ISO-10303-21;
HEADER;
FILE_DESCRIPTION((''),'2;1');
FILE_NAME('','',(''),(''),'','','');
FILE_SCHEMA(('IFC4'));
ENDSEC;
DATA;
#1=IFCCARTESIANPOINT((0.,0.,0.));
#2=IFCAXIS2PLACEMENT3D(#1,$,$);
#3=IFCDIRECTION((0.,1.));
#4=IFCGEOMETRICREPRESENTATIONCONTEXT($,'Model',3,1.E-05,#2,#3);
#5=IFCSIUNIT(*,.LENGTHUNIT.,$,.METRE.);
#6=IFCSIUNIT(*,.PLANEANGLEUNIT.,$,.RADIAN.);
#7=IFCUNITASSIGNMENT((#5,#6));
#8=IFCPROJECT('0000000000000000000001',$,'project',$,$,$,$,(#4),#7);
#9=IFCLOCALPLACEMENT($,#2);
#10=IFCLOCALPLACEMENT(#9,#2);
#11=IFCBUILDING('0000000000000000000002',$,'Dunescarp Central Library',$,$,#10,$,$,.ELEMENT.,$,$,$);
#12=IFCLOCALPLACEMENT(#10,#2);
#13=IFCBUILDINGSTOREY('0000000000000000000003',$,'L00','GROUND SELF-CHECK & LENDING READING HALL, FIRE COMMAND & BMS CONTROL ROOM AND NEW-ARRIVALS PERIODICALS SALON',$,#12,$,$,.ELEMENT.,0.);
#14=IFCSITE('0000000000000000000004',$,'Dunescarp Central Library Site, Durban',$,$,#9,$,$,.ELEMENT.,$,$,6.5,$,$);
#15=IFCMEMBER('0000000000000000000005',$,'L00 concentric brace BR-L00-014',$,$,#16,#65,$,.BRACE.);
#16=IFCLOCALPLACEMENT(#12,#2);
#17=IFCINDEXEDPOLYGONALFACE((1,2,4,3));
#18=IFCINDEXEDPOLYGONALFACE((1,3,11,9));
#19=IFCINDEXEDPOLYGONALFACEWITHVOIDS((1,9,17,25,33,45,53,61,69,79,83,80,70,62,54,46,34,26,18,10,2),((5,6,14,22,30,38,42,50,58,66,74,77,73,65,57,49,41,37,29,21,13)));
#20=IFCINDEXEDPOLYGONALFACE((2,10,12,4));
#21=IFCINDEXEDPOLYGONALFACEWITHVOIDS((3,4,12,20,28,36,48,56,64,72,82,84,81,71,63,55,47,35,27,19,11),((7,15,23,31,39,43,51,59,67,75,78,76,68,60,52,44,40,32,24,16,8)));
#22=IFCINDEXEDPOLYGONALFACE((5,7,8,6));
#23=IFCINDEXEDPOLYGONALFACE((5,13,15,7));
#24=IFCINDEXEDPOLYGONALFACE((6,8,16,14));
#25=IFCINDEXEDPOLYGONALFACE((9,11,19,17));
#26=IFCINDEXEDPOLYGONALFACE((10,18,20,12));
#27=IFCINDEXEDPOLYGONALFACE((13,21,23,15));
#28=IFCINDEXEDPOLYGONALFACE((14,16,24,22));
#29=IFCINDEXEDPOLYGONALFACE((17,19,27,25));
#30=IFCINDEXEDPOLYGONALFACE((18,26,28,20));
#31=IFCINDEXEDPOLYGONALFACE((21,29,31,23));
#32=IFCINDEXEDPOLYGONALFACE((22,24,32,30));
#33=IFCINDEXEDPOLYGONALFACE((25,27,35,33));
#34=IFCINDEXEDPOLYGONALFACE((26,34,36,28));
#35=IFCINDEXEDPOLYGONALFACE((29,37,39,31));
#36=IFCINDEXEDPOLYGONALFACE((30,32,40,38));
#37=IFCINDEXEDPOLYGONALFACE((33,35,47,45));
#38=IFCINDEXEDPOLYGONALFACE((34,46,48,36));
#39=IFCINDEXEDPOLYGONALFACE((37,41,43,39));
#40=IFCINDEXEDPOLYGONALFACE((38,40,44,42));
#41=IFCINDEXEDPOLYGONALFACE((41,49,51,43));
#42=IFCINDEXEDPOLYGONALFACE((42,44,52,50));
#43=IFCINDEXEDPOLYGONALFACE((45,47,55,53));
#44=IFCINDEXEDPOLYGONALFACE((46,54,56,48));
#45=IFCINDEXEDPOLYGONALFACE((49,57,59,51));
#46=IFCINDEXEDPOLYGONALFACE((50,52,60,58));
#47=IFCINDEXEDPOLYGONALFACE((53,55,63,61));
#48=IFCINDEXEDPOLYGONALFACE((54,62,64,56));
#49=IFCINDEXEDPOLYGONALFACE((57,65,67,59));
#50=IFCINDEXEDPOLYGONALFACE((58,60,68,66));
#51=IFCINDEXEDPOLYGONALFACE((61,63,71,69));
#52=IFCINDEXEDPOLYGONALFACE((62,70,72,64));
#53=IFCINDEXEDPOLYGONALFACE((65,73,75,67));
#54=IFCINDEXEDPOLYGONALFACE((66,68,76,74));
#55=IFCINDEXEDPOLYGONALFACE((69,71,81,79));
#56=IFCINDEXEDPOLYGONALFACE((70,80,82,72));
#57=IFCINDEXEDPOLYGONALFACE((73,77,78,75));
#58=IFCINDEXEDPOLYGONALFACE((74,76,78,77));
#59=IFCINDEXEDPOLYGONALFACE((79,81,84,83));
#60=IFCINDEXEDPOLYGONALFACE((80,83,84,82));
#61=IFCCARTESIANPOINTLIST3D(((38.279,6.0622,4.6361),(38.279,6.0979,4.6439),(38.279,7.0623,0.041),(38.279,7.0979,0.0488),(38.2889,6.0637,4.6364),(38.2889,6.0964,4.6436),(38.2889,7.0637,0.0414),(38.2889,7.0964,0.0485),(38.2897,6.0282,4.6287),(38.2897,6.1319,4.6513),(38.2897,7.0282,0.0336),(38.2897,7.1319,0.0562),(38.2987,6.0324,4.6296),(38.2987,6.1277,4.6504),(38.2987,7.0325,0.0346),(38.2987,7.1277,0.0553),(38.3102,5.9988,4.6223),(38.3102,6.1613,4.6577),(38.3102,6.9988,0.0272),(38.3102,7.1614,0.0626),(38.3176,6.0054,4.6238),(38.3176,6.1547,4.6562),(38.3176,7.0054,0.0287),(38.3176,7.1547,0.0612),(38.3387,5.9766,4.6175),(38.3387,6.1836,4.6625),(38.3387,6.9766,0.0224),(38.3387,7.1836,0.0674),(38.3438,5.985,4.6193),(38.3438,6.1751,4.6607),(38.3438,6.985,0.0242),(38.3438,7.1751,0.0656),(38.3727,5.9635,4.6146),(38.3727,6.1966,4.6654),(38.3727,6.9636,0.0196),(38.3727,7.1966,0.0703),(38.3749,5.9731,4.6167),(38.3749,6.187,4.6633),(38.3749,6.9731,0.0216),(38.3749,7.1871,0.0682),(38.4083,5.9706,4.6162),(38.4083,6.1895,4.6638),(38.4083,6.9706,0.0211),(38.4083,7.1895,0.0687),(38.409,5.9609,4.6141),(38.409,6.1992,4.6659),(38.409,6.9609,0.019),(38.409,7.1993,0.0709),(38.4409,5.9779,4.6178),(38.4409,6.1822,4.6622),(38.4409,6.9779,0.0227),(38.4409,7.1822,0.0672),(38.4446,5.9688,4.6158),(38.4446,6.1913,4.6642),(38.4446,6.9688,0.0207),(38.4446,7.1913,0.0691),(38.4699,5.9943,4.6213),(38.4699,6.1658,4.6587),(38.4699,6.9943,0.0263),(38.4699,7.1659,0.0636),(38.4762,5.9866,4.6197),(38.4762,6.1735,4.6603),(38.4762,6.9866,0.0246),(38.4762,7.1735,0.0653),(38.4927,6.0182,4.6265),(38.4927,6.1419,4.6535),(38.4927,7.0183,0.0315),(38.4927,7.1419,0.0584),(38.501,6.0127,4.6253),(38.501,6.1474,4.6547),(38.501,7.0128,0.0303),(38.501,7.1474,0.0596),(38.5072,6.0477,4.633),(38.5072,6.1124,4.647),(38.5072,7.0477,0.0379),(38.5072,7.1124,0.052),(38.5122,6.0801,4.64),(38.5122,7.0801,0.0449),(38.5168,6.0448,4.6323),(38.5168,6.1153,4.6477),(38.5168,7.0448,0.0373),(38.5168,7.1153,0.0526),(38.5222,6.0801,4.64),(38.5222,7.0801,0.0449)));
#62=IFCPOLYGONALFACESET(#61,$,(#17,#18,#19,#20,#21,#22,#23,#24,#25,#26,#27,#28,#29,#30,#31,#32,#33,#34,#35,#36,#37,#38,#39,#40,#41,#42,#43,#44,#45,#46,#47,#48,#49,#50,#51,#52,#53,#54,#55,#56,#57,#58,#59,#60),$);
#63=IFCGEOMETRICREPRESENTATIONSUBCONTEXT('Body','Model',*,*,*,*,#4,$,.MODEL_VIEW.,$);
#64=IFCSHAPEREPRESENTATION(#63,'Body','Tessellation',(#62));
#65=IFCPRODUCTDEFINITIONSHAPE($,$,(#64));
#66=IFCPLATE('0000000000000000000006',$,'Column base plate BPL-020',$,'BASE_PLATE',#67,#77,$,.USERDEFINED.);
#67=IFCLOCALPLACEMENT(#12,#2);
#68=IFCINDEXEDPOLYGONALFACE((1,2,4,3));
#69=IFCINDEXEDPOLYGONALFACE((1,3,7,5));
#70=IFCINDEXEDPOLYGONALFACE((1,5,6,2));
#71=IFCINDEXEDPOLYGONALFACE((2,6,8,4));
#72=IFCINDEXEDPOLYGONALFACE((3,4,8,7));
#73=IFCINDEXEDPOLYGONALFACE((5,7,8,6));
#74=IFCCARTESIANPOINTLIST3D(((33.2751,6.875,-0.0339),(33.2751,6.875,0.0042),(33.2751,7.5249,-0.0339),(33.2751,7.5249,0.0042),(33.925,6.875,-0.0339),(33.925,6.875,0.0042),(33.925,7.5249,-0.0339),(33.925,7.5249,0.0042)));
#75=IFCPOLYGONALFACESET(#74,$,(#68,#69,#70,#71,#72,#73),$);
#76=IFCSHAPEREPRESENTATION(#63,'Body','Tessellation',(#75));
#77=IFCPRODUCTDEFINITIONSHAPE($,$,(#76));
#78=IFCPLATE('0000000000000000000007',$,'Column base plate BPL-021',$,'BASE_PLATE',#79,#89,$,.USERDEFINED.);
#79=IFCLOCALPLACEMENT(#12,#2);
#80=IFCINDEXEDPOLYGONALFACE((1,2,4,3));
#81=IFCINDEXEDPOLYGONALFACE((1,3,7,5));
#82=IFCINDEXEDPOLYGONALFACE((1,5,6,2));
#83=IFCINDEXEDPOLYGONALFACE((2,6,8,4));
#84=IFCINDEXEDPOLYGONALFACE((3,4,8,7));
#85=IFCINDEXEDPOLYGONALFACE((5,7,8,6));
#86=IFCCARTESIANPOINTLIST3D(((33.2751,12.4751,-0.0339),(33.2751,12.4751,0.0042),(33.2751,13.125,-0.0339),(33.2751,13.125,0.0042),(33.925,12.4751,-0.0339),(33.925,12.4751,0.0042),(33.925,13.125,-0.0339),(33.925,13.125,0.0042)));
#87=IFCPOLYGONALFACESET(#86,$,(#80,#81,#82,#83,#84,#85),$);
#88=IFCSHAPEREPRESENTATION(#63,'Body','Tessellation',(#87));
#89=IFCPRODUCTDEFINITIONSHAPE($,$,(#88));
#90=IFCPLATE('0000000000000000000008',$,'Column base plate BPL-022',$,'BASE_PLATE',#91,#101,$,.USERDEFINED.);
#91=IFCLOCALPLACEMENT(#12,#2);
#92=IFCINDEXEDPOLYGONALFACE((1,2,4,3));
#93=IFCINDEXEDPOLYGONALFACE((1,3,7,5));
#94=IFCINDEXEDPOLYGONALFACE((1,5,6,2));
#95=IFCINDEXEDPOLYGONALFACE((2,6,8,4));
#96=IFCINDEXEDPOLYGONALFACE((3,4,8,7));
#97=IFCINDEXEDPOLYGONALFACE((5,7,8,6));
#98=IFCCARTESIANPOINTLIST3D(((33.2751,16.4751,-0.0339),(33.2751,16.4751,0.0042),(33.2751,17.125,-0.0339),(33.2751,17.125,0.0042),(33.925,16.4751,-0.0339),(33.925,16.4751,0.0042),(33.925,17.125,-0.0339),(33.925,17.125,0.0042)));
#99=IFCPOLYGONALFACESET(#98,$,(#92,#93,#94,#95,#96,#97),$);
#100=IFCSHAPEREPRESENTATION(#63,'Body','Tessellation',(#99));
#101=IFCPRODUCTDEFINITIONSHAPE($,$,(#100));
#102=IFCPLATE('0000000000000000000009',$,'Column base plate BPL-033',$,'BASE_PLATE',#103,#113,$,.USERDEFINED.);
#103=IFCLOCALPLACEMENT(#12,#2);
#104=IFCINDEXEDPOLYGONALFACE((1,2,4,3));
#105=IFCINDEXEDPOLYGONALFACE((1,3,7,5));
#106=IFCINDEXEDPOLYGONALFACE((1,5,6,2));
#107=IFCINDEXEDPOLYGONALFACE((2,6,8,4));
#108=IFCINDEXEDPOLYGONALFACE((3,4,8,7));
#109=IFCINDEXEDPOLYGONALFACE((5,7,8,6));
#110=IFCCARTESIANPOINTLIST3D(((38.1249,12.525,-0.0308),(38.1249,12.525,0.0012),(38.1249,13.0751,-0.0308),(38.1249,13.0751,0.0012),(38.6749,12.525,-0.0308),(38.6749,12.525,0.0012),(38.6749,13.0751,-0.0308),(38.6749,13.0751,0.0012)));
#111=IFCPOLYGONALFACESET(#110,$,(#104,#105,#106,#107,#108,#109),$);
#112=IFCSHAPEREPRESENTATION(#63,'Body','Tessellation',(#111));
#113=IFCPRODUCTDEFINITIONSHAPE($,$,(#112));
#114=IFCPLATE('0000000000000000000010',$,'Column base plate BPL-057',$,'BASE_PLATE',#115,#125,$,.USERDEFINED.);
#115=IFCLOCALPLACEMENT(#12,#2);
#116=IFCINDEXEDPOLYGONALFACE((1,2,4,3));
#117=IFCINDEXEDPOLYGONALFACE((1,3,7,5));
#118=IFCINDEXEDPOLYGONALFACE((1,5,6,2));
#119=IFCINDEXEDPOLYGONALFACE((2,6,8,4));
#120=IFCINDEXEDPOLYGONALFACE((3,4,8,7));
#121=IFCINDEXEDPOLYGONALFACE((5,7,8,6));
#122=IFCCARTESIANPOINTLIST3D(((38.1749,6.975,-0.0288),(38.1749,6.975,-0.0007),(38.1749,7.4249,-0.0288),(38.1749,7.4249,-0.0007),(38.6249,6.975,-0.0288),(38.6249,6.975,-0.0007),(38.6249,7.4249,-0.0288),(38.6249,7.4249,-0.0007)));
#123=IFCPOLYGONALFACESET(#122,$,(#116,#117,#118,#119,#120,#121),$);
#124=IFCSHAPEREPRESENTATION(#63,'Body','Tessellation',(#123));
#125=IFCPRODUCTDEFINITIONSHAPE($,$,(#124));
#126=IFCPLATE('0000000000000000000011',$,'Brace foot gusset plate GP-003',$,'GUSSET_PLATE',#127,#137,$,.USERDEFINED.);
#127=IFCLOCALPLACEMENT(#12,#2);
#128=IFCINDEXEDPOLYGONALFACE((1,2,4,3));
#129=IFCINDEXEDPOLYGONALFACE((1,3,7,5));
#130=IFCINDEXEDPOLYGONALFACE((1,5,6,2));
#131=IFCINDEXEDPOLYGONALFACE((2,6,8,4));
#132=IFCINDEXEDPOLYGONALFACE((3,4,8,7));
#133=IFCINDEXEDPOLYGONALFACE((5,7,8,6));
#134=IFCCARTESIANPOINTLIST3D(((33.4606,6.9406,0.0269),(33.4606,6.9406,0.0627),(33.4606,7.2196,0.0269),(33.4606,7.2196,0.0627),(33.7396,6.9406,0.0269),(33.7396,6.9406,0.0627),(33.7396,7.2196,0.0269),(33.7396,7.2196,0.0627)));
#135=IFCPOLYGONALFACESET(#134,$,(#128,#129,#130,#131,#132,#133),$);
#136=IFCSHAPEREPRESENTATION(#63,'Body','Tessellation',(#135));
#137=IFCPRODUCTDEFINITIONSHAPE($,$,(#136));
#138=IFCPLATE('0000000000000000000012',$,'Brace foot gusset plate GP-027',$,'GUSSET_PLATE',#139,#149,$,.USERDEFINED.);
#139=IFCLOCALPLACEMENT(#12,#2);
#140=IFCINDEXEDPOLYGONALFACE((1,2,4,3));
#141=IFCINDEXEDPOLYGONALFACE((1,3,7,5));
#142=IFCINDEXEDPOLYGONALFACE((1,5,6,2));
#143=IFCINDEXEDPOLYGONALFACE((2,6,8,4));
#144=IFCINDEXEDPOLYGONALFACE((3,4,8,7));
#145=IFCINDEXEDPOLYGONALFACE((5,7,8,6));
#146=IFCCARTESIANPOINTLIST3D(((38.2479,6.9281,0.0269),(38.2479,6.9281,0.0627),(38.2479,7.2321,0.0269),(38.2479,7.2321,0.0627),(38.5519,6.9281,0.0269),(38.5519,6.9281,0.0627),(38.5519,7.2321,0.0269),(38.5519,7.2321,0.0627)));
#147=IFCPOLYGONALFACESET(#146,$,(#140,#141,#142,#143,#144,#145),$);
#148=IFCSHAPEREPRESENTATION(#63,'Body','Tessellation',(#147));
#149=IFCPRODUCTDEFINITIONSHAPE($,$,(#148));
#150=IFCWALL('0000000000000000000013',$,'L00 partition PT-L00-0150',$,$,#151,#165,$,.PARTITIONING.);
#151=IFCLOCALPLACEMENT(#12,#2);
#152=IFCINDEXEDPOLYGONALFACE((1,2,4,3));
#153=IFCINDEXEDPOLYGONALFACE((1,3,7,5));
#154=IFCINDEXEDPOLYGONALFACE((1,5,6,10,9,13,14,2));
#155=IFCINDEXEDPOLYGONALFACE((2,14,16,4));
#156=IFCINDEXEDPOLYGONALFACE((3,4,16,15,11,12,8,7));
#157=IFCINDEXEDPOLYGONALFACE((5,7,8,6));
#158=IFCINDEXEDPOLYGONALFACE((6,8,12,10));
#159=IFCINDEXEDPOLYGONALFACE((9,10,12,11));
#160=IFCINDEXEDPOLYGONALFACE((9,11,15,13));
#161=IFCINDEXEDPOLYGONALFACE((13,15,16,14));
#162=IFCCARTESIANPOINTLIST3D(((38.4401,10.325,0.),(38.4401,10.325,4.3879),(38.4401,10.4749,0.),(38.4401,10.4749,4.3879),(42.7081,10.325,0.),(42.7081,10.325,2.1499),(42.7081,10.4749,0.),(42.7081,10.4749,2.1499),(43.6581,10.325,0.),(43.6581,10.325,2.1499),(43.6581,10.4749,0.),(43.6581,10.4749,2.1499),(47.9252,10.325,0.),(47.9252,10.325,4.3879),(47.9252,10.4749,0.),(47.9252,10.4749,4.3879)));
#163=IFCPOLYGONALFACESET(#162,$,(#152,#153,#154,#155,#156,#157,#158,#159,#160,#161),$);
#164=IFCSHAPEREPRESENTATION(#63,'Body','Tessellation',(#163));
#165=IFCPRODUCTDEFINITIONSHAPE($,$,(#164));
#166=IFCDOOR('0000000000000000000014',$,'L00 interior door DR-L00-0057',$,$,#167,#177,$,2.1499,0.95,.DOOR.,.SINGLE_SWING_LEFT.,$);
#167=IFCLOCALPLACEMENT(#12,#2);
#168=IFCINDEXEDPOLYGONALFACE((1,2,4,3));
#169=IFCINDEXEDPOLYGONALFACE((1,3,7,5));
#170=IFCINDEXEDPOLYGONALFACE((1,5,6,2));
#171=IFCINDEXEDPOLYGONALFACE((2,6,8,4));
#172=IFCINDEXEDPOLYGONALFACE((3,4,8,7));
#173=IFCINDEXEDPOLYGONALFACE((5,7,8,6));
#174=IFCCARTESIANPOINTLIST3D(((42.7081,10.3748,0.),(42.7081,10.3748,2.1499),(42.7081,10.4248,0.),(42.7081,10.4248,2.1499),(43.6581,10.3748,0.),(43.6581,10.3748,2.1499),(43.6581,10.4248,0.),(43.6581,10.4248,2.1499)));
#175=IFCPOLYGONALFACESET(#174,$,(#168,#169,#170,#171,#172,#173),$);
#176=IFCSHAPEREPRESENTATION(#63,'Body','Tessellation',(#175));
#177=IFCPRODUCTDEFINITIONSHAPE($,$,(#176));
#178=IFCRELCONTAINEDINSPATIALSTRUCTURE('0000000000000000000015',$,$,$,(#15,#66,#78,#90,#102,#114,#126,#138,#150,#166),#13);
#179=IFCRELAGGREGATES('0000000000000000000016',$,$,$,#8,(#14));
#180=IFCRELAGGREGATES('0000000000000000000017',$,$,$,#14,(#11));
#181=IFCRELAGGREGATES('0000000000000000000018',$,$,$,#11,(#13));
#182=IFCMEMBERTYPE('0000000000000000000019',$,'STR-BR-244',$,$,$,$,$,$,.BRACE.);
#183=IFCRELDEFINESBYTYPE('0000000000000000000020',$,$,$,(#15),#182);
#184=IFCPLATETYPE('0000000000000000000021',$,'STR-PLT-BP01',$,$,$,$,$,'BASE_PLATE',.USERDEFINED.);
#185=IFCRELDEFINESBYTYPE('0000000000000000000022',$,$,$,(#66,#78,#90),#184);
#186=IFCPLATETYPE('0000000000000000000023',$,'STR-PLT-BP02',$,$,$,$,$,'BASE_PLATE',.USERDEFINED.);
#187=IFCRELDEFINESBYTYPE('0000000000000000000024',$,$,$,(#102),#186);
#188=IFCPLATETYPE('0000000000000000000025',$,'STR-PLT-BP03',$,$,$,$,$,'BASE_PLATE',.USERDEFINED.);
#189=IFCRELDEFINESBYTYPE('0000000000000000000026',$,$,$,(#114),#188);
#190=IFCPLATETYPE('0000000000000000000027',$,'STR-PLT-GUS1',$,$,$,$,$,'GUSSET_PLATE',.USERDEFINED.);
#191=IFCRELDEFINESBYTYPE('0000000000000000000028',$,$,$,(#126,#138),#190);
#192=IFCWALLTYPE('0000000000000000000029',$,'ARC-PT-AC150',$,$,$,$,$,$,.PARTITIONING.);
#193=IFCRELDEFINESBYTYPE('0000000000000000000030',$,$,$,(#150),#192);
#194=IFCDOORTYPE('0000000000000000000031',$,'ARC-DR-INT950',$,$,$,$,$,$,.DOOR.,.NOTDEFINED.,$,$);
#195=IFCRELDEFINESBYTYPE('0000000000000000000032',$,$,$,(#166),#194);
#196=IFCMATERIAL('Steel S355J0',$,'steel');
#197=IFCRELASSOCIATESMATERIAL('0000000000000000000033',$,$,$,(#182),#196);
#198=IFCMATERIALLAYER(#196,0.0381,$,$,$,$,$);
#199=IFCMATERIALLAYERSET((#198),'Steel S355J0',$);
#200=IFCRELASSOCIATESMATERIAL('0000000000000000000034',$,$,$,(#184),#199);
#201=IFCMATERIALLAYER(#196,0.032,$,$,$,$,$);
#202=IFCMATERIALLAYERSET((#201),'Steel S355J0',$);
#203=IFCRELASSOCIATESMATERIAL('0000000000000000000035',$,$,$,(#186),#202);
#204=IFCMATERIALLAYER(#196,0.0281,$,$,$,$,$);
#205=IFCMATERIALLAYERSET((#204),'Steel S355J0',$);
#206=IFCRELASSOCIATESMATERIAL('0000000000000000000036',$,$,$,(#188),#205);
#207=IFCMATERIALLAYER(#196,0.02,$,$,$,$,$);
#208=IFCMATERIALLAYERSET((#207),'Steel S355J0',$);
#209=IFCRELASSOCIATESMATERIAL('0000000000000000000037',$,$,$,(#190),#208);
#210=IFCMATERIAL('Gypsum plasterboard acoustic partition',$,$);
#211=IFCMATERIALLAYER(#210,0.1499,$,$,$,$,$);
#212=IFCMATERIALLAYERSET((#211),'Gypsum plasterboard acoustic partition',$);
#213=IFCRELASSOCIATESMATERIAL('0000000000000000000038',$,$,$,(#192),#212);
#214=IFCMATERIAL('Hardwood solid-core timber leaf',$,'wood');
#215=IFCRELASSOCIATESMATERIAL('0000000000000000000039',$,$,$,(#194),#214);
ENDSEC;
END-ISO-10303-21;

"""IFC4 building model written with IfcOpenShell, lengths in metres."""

from ifc_helpers import new_model, si_unit, direction, frame, frame_2d, origin, origin_2d, place, context, subcontext, project, spatial, rectangle, hollow_circle, extrude, material, layer, layer_set, material_profile, profile_set, type_object, element, fill, save


model = new_model("IFC4")

# Units and contexts
model_context = context("Model", 3, precision=1e-05, world=origin(), true_north=direction((0.0, 1.0)))
body_context = subcontext(model_context, "Body", "Model", "MODEL_VIEW")
ifc_project = project(units=[si_unit("LENGTHUNIT", "METRE"), si_unit("PLANEANGLEUNIT", "RADIAN")], contexts=[model_context])

# Site, building, storey
site_placement = place(None, origin())
site = spatial("IfcSite", under=ifc_project, at=site_placement, Name="Dunescarp Central Library Site, Durban", CompositionType="ELEMENT", RefElevation=6.5)
building_placement = place(site_placement, origin())
building = spatial("IfcBuilding", under=site, at=building_placement, Name="Dunescarp Central Library", CompositionType="ELEMENT")
storey_placement = place(building_placement, origin())
storey = spatial("IfcBuildingStorey", under=building, at=storey_placement, Name="L00", Description="GROUND SELF-CHECK & LENDING READING HALL, FIRE COMMAND & BMS CONTROL ROOM AND NEW-ARRIVALS PERIODICALS SALON", CompositionType="ELEMENT", Elevation=0.0)

# Member
ifc_material_1 = material(Name="Steel S355J0", Category="steel")
ifc_material_profile_1 = material_profile(ifc_material_1, hollow_circle(Radius=0.1223, WallThickness=0.01, at=origin_2d()), Name="CHS 244.5x10")
ifc_profile_set_1 = profile_set([ifc_material_profile_1], Name="Steel S355J0")
member_type_1 = type_object("IfcMemberType", Name="STR-BR-244", PredefinedType="BRACE", material=ifc_profile_set_1)
member_1_placement = place(storey_placement, frame((38.3999, 7.0801, 0.0449), z_axis=(0.0, -0.212652, 0.977128), x_axis=(1.0, 0.0, 0.0)))
element("IfcMember", 1, at=member_1_placement, inside=storey, type_object=member_type_1, Name="L00 concentric brace BR-L00-014", PredefinedType="BRACE", context=body_context, shape_type="SweptSolid", body=[
    extrude(hollow_circle(Radius=0.1223, WallThickness=0.01, at=origin_2d()), origin(), (0.0, 0.0, 1.0), 4.7026),
])

# Plates
ifc_layer_1 = layer(ifc_material_1, 0.0381)
ifc_layer_set_1 = layer_set([ifc_layer_1], Name="Steel S355J0")
plate_type_1 = type_object("IfcPlateType", Name="STR-PLT-BP01", ElementType="BASE_PLATE", PredefinedType="USERDEFINED", material=ifc_layer_set_1)
for number, where, z_axis, x_axis, name in (
    (2, (33.6001, 7.2, -0.0339), (0.0, 0.0, 1.0), (1.0, 0.0, 0.0), "Column base plate BPL-020"),
    (3, (33.6001, 12.8, -0.0339), (0.0, 0.0, 1.0), (1.0, 0.0, 0.0), "Column base plate BPL-021"),
    (4, (33.6001, 16.8, -0.0339), (0.0, 0.0, 1.0), (1.0, 0.0, 0.0), "Column base plate BPL-022"),
):
    element("IfcPlate", number, at=place(storey_placement, frame(where, z_axis=z_axis, x_axis=x_axis)), inside=storey, type_object=plate_type_1, Name=name, ObjectType="BASE_PLATE", PredefinedType="USERDEFINED", context=body_context, shape_type="SweptSolid", body=[
        extrude(rectangle(XDim=0.6499, YDim=0.6499, at=origin_2d()), origin(), (0.0, 0.0, 1.0), 0.0381),
    ])
ifc_layer_2 = layer(ifc_material_1, 0.032)
ifc_layer_set_2 = layer_set([ifc_layer_2], Name="Steel S355J0")
plate_type_2 = type_object("IfcPlateType", Name="STR-PLT-BP02", ElementType="BASE_PLATE", PredefinedType="USERDEFINED", material=ifc_layer_set_2)
plate_1_placement = place(storey_placement, frame((38.3999, 12.8, -0.0308), z_axis=(0.0, 0.0, 1.0), x_axis=(1.0, 0.0, 0.0)))
element("IfcPlate", 5, at=plate_1_placement, inside=storey, type_object=plate_type_2, Name="Column base plate BPL-033", ObjectType="BASE_PLATE", PredefinedType="USERDEFINED", context=body_context, shape_type="SweptSolid", body=[
    extrude(rectangle(XDim=0.55, YDim=0.55, at=origin_2d()), origin(), (0.0, 0.0, 1.0), 0.032),
])
ifc_layer_3 = layer(ifc_material_1, 0.0281)
ifc_layer_set_3 = layer_set([ifc_layer_3], Name="Steel S355J0")
plate_type_3 = type_object("IfcPlateType", Name="STR-PLT-BP03", ElementType="BASE_PLATE", PredefinedType="USERDEFINED", material=ifc_layer_set_3)
plate_2_placement = place(storey_placement, frame((38.3999, 7.2, -0.0288), z_axis=(0.0, 0.0, 1.0), x_axis=(1.0, 0.0, 0.0)))
element("IfcPlate", 6, at=plate_2_placement, inside=storey, type_object=plate_type_3, Name="Column base plate BPL-057", ObjectType="BASE_PLATE", PredefinedType="USERDEFINED", context=body_context, shape_type="SweptSolid", body=[
    extrude(rectangle(XDim=0.45, YDim=0.45, at=origin_2d()), origin(), (0.0, 0.0, 1.0), 0.0281),
])
ifc_layer_4 = layer(ifc_material_1, 0.02)
ifc_layer_set_4 = layer_set([ifc_layer_4], Name="Steel S355J0")
plate_type_4 = type_object("IfcPlateType", Name="STR-PLT-GUS1", ElementType="GUSSET_PLATE", PredefinedType="USERDEFINED", material=ifc_layer_set_4)
plate_3_placement = place(storey_placement, frame((33.6001, 7.0801, 0.0269), z_axis=(0.0, 0.0, 1.0), x_axis=(1.0, 0.0, 0.0)))
element("IfcPlate", 7, at=plate_3_placement, inside=storey, type_object=plate_type_4, Name="Brace foot gusset plate GP-003", ObjectType="GUSSET_PLATE", PredefinedType="USERDEFINED", context=body_context, shape_type="SweptSolid", body=[
    extrude(rectangle(XDim=0.2791, YDim=0.2791, at=origin_2d()), origin(), (0.0, 0.0, 1.0), 0.0359),
])
plate_4_placement = place(storey_placement, frame((38.3999, 7.0801, 0.0269), z_axis=(0.0, 0.0, 1.0), x_axis=(1.0, 0.0, 0.0)))
element("IfcPlate", 8, at=plate_4_placement, inside=storey, type_object=plate_type_4, Name="Brace foot gusset plate GP-027", ObjectType="GUSSET_PLATE", PredefinedType="USERDEFINED", context=body_context, shape_type="SweptSolid", body=[
    extrude(rectangle(XDim=0.304, YDim=0.304, at=origin_2d()), origin(), (0.0, 0.0, 1.0), 0.0359),
])

# Wall, opening, door
ifc_material_2 = material(Name="Gypsum plasterboard acoustic partition")
ifc_layer_5 = layer(ifc_material_2, 0.1499)
ifc_layer_set_5 = layer_set([ifc_layer_5], Name="Gypsum plasterboard acoustic partition")
wall_type_1 = type_object("IfcWallType", Name="ARC-PT-AC150", PredefinedType="PARTITIONING", material=ifc_layer_set_5)
wall_1_placement = place(storey_placement, frame((38.4399, 10.3999, 0.0), z_axis=(0.0, 0.0, 1.0), x_axis=(1.0, 0.0, 0.0)))
wall_1 = element("IfcWall", 9, at=wall_1_placement, inside=storey, type_object=wall_type_1, Name="L00 partition PT-L00-0150", PredefinedType="PARTITIONING", context=body_context, shape_type="SweptSolid", body=[
    extrude(rectangle(XDim=9.4851, YDim=0.1499, at=frame_2d((4.7427, 0.0))), origin(), (0.0, 0.0, 1.0), 4.3879),
])
opening_1_placement = place(wall_1_placement, frame((4.2681, 0.0, 0.0)))
opening_1 = element("IfcOpeningElement", 10, at=opening_1_placement, cuts=wall_1, PredefinedType="OPENING", context=body_context, shape_type="SweptSolid", body=[
    extrude(rectangle(XDim=0.95, YDim=2.1499, at=frame_2d((0.4751, 1.075))), frame((0.0, 0.085, 0.0), z_axis=(0.0, -1.0, 0.0), x_axis=(1.0, 0.0, 0.0)), (0.0, 0.0, 1.0), 0.1699),
])
ifc_material_3 = material(Name="Hardwood solid-core timber leaf", Category="wood")
door_type_1 = type_object("IfcDoorType", Name="ARC-DR-INT950", OperationType="NOTDEFINED", PredefinedType="DOOR", material=ifc_material_3)
door_1_placement = place(opening_1_placement, origin())
door_1 = element("IfcDoor", 11, at=door_1_placement, inside=storey, type_object=door_type_1, Name="L00 interior door DR-L00-0057", OperationType="SINGLE_SWING_LEFT", OverallHeight=2.1499, OverallWidth=0.95, PredefinedType="DOOR", context=body_context, shape_type="SweptSolid", body=[
    extrude(rectangle(XDim=0.95, YDim=2.1499, at=frame_2d((0.4751, 1.075))), frame((0.0, 0.0249, 0.0), z_axis=(0.0, -1.0, 0.0), x_axis=(1.0, 0.0, 0.0)), (0.0, 0.0, 1.0), 0.05),
])
fill(opening_1, door_1)

save(model, "model.ifc")
